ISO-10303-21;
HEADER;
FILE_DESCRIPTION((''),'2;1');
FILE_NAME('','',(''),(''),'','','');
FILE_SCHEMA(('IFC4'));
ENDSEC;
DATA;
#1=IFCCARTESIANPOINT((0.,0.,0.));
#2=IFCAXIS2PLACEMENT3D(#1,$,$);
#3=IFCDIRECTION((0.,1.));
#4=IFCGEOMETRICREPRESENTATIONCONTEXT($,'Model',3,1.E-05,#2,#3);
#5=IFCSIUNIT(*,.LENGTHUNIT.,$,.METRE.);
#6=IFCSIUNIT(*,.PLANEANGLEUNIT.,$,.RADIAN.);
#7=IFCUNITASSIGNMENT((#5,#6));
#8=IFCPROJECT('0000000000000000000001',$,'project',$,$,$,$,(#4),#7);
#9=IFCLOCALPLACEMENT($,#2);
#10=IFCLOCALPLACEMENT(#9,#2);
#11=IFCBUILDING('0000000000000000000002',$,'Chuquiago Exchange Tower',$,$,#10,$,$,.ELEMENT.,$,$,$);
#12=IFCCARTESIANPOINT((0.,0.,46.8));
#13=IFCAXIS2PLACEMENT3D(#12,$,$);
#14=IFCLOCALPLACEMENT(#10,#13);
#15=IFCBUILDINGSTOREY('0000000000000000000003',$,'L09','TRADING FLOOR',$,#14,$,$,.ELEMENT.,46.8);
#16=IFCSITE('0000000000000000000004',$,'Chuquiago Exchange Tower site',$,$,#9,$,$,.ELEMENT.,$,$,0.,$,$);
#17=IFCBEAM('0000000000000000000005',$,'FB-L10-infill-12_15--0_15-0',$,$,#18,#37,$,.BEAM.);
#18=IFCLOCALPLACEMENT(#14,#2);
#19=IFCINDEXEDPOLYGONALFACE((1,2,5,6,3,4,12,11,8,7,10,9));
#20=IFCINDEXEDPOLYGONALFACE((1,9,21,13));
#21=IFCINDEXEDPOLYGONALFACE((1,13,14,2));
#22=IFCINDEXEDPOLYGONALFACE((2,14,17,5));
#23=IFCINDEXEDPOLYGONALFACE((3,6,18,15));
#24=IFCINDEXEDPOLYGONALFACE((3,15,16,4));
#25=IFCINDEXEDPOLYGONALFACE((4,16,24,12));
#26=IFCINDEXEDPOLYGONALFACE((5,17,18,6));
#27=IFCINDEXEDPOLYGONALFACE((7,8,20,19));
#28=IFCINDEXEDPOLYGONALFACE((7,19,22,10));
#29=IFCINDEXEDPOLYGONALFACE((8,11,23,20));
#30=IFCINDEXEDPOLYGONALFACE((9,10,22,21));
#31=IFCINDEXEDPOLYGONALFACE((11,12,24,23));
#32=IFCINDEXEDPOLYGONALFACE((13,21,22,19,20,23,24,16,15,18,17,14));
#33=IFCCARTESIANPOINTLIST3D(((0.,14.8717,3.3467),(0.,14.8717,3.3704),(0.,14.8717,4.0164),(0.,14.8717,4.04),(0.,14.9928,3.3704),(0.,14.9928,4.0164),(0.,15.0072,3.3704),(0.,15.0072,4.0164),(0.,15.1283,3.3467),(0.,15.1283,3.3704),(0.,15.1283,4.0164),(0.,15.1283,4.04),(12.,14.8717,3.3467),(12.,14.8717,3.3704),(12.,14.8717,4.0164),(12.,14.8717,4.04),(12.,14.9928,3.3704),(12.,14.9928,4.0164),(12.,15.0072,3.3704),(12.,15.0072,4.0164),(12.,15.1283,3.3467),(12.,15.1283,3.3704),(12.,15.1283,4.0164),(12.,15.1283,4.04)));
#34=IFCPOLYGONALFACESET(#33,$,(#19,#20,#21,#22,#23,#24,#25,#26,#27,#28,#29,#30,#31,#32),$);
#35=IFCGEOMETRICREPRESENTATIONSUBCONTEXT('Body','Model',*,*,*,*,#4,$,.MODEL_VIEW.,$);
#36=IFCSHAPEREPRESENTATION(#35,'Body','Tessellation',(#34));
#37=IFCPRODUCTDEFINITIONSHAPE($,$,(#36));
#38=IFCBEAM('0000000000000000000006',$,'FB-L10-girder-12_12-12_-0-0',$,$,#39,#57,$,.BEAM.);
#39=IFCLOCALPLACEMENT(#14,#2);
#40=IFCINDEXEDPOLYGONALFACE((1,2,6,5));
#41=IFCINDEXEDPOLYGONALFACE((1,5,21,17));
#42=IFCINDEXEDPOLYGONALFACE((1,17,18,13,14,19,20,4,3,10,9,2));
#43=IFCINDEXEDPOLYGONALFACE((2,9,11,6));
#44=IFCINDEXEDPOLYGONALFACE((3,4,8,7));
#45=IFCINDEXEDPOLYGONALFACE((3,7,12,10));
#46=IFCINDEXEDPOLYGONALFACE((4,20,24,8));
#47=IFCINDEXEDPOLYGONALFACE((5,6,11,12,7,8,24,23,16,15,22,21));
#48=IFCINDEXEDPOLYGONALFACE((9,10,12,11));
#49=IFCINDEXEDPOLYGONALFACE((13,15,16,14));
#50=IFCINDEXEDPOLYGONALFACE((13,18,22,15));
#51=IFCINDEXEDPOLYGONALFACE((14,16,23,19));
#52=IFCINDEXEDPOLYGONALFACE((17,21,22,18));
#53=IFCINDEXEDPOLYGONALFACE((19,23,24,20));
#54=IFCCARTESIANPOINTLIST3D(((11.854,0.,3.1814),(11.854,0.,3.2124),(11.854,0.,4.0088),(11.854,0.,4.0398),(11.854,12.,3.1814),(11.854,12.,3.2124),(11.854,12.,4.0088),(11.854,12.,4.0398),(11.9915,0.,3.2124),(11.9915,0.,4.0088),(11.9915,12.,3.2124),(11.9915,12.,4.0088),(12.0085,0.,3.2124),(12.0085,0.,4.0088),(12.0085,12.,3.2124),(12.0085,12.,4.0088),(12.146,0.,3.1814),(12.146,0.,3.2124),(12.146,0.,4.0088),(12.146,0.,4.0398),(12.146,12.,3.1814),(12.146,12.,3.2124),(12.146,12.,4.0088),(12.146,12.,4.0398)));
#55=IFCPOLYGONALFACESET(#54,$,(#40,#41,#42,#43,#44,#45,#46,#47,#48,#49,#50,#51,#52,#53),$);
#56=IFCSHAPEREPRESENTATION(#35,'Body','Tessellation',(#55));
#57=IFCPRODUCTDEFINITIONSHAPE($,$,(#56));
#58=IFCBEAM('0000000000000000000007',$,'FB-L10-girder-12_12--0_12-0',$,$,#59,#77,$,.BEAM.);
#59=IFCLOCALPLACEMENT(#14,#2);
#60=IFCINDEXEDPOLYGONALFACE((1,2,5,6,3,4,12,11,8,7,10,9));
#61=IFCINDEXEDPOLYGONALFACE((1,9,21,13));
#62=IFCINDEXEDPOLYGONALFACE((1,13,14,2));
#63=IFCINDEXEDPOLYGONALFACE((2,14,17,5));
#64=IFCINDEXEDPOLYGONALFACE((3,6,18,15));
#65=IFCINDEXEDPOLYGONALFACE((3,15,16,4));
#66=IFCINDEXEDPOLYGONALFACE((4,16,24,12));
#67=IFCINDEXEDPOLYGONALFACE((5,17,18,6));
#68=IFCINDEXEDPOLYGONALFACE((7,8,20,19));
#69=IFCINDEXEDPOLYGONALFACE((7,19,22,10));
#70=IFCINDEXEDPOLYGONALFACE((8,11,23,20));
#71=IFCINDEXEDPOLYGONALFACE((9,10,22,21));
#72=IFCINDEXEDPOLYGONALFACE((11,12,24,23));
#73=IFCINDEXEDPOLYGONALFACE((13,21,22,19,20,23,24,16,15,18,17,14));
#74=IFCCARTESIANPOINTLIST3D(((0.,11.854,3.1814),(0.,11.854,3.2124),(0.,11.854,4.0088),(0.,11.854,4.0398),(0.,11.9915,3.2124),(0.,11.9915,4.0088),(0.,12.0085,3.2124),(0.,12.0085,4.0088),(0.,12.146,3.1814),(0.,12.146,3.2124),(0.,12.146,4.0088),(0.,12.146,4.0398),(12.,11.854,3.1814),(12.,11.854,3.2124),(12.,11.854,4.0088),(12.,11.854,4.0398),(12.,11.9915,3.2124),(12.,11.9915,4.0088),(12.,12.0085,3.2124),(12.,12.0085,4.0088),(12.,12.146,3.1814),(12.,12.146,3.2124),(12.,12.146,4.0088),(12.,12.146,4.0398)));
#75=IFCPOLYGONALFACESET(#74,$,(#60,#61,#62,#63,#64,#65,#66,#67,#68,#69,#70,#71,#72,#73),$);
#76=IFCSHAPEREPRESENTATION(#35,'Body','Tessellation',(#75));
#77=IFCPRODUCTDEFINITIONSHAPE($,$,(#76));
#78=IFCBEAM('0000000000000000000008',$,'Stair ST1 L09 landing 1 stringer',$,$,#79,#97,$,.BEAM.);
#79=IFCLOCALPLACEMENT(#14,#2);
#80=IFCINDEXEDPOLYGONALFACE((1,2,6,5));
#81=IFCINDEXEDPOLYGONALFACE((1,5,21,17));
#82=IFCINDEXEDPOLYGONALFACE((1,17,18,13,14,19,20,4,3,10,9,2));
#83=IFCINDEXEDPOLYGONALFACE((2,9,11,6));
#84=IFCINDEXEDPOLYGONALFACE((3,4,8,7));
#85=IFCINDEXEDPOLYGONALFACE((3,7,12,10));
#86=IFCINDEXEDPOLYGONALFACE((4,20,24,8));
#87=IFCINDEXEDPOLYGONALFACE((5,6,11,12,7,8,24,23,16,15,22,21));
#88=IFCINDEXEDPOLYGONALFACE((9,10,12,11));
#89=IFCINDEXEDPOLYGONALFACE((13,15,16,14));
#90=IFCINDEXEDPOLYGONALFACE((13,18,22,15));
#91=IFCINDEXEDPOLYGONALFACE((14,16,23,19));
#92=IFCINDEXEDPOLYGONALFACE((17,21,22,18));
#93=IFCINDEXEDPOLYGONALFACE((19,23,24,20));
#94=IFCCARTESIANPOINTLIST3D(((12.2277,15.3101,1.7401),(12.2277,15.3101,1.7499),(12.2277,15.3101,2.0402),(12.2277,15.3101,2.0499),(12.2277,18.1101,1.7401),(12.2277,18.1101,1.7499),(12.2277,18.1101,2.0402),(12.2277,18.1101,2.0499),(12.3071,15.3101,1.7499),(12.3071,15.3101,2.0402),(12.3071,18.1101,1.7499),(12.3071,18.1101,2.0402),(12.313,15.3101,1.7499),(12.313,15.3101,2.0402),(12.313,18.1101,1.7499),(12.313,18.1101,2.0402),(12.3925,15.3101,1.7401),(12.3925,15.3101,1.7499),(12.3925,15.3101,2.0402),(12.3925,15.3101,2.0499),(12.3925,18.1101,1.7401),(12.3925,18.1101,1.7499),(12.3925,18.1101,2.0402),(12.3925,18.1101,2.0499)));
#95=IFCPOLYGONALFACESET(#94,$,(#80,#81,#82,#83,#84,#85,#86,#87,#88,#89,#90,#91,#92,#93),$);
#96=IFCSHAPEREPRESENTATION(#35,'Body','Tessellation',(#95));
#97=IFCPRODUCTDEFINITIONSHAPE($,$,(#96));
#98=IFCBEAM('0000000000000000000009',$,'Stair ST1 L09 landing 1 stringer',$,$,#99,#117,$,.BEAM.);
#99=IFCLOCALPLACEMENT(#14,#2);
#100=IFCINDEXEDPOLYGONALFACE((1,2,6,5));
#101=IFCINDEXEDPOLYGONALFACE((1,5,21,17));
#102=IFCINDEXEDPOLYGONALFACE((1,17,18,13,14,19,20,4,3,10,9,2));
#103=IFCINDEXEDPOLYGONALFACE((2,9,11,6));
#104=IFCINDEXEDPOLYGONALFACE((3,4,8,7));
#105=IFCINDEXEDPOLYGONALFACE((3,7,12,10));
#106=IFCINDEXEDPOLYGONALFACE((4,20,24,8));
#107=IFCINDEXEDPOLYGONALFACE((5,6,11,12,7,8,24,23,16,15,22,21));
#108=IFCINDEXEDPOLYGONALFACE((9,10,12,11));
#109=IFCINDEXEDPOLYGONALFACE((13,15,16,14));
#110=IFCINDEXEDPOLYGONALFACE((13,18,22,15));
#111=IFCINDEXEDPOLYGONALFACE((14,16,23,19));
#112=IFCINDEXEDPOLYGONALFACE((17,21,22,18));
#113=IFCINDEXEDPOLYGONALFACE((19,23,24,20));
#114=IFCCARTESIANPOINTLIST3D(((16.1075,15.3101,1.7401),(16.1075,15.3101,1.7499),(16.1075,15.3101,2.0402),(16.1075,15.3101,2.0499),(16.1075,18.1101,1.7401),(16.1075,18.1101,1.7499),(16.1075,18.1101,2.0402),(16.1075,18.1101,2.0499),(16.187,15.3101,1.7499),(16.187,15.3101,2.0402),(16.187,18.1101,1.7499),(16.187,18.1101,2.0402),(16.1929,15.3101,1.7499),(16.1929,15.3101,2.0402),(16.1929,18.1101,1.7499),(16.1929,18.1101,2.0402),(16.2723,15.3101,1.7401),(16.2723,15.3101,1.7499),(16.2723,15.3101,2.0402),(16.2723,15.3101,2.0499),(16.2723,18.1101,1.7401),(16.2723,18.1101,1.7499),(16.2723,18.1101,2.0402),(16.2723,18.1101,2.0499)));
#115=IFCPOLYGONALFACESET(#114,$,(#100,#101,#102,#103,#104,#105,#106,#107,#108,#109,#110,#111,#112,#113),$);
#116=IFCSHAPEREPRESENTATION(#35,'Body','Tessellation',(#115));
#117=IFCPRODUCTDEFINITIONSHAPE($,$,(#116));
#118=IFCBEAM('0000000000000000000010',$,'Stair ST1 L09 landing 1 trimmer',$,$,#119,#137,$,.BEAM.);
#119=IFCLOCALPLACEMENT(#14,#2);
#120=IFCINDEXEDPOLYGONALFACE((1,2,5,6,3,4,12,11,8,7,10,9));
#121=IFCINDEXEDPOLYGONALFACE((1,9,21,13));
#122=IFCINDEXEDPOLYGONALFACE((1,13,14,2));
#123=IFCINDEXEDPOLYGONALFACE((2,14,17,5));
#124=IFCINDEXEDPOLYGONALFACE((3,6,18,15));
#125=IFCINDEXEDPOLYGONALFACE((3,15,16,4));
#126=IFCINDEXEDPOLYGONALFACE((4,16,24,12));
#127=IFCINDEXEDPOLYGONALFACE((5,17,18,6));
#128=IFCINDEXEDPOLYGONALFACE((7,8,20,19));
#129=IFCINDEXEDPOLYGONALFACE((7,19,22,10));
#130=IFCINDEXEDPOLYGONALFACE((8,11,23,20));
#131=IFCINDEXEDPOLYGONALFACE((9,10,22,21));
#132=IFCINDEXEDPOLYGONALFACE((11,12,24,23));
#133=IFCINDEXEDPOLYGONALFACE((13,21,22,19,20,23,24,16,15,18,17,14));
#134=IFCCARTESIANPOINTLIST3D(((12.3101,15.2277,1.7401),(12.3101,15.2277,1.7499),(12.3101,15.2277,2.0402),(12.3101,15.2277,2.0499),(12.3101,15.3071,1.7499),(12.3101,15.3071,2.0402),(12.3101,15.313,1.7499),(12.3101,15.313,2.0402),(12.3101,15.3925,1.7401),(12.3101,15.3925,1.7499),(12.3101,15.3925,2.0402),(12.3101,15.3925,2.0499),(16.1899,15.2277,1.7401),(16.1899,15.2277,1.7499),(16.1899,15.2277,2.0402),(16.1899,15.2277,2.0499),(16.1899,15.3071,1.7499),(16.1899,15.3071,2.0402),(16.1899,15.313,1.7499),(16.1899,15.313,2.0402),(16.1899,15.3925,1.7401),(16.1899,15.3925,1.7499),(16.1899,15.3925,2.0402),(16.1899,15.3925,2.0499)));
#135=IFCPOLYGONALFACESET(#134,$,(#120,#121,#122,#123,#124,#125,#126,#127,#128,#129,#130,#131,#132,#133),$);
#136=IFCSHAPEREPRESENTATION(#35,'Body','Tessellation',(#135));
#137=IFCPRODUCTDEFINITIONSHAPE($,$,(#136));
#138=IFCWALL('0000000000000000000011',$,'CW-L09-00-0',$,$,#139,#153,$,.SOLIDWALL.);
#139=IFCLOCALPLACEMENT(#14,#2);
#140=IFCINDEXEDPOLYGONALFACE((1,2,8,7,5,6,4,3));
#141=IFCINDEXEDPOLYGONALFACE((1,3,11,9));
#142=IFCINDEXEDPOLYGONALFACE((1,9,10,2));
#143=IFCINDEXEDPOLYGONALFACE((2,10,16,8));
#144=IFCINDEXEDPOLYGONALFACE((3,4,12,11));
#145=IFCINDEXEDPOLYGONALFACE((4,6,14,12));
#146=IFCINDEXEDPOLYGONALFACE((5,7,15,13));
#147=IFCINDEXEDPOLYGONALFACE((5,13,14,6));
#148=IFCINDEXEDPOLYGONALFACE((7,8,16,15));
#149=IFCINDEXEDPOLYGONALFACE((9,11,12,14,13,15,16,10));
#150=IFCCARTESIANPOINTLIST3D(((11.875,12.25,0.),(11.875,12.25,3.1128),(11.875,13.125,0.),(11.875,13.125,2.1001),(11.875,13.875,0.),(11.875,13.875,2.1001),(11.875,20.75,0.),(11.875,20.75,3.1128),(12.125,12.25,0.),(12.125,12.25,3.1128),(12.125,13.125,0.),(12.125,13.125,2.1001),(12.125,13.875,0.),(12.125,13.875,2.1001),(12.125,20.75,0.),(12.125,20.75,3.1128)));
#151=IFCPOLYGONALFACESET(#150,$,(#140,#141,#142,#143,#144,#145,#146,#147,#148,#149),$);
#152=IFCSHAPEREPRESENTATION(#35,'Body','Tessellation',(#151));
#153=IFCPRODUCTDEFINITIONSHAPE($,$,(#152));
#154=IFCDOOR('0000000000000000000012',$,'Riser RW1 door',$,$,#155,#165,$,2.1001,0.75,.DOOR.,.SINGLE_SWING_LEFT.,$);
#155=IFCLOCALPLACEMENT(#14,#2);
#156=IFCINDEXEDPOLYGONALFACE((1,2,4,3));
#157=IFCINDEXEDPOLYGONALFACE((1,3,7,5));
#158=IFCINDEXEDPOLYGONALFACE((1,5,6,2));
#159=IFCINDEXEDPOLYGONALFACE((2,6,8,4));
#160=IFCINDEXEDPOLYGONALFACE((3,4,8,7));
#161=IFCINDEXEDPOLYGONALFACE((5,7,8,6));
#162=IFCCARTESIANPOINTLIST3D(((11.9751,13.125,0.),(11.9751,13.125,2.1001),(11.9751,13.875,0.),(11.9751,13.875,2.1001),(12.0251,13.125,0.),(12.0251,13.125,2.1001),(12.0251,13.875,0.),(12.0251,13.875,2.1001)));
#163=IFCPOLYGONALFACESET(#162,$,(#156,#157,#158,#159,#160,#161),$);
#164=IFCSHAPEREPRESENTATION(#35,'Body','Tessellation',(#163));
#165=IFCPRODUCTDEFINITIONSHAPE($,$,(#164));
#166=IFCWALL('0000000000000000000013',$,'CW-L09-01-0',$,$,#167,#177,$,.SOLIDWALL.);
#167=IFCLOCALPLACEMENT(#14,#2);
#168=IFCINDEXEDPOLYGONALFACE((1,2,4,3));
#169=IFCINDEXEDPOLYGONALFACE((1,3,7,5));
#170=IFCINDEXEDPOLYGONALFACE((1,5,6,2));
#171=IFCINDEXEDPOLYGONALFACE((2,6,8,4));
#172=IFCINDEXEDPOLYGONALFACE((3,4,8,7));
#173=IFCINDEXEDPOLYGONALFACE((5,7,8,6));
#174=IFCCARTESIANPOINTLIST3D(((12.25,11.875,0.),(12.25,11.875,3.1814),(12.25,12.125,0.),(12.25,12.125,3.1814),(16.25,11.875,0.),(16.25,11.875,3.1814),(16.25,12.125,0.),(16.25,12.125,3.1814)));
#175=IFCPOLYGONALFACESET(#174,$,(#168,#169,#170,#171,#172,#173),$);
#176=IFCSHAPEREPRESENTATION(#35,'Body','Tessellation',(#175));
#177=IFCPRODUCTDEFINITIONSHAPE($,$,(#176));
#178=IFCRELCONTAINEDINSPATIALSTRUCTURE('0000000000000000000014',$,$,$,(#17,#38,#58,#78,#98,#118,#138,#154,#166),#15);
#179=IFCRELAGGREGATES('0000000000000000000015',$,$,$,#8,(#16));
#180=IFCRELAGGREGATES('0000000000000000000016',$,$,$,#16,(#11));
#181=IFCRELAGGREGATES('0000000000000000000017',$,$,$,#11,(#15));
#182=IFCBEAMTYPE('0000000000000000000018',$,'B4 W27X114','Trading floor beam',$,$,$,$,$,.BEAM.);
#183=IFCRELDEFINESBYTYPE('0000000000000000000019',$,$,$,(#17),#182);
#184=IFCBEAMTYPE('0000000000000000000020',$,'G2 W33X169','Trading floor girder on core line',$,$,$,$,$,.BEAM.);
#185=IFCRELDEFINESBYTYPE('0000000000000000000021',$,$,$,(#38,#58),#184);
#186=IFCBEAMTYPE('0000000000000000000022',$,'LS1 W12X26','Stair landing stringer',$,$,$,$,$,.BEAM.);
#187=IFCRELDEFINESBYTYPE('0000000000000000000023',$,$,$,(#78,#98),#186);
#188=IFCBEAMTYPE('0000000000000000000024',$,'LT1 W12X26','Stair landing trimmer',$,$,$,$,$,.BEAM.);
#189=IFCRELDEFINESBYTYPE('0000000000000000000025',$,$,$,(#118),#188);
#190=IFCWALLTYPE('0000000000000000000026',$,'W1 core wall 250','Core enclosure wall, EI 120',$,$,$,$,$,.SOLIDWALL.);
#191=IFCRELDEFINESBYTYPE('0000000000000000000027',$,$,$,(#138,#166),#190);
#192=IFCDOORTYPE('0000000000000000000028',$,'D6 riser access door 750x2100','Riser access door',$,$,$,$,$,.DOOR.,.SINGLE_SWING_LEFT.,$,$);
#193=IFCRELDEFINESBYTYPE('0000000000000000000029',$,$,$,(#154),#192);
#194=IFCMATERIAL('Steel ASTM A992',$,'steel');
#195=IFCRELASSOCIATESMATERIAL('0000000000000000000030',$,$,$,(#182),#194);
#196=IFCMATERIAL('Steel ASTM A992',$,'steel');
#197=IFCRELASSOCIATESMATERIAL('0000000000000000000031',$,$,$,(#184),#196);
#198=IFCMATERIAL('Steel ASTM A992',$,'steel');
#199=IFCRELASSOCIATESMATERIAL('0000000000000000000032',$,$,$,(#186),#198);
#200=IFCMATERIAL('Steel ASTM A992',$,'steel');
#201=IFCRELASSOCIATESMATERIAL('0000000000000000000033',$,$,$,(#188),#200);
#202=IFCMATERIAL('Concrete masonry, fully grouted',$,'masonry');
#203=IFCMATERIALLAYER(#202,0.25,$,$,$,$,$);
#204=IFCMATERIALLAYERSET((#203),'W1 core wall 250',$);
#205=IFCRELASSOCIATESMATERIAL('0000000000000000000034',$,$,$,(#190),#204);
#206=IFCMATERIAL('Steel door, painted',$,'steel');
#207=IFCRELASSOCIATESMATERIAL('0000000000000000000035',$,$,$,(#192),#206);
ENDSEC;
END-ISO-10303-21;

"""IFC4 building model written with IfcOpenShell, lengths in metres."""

from ifc_helpers import new_model, si_unit, direction, frame, frame_2d, origin, origin_2d, place, context, subcontext, project, spatial, rectangle, i_section, extrude, material, layer, layer_set, material_profile, profile_set, type_object, element, fill, save


model = new_model("IFC4")

# Units and contexts
model_context = context("Model", 3, precision=1e-05, world=origin(), true_north=direction((0.0, 1.0)))
body_context = subcontext(model_context, "Body", "Model", "MODEL_VIEW")
ifc_project = project(units=[si_unit("LENGTHUNIT", "METRE"), si_unit("PLANEANGLEUNIT", "RADIAN")], contexts=[model_context])

# Site, building, storey
site_placement = place(None, origin())
site = spatial("IfcSite", under=ifc_project, at=site_placement, Name="Chuquiago Exchange Tower site", CompositionType="ELEMENT", RefElevation=0.0)
building_placement = place(site_placement, origin())
building = spatial("IfcBuilding", under=site, at=building_placement, Name="Chuquiago Exchange Tower", CompositionType="ELEMENT")
storey_placement = place(building_placement, frame((0.0, 0.0, 46.8)))
storey = spatial("IfcBuildingStorey", under=building, at=storey_placement, Name="L09", Description="TRADING FLOOR", CompositionType="ELEMENT", Elevation=46.8)

# Beams
ifc_material_1 = material(Name="Steel ASTM A992", Category="steel")
ifc_material_profile_1 = material_profile(ifc_material_1, i_section(OverallWidth=0.2566, OverallDepth=0.6934, WebThickness=0.0144, FlangeThickness=0.0237, at=origin_2d()), Name="W27X114")
ifc_profile_set_1 = profile_set([ifc_material_profile_1], Name="Steel ASTM A992")
beam_type_1 = type_object("IfcBeamType", Name="B4 W27X114", Description="Trading floor beam", PredefinedType="BEAM", material=ifc_profile_set_1)
for number, where, z_axis, x_axis, name in (
    (1, (12.0, 15.0, 3.6934), (-1.0, 0.0, 0.0), (0.0, -1.0, 0.0), "FB-L10-infill-12_15--0_15-0"),
):
    element("IfcBeam", number, at=place(storey_placement, frame(where, z_axis=z_axis, x_axis=x_axis)), inside=storey, type_object=beam_type_1, Name=name, PredefinedType="BEAM", context=body_context, shape_type="SweptSolid", body=[
        extrude(i_section(OverallWidth=0.2566, OverallDepth=0.6934, WebThickness=0.0144, FlangeThickness=0.0237, at=origin_2d()), origin(), (0.0, 0.0, 1.0), 12.0),
    ])
ifc_material_2 = material(Name="Steel ASTM A992", Category="steel")
ifc_material_profile_2 = material_profile(ifc_material_2, i_section(OverallWidth=0.292, OverallDepth=0.8584, WebThickness=0.0171, FlangeThickness=0.031, at=origin_2d()), Name="W33X169")
ifc_profile_set_2 = profile_set([ifc_material_profile_2], Name="Steel ASTM A992")
beam_type_2 = type_object("IfcBeamType", Name="G2 W33X169", Description="Trading floor girder on core line", PredefinedType="BEAM", material=ifc_profile_set_2)
for number, where, z_axis, x_axis, name in (
    (2, (12.0, 12.0, 3.6106), (0.0, -1.0, 0.0), (1.0, 0.0, 0.0), "FB-L10-girder-12_12-12_-0-0"),
    (3, (12.0, 12.0, 3.6106), (-1.0, 0.0, 0.0), (0.0, -1.0, 0.0), "FB-L10-girder-12_12--0_12-0"),
):
    element("IfcBeam", number, at=place(storey_placement, frame(where, z_axis=z_axis, x_axis=x_axis)), inside=storey, type_object=beam_type_2, Name=name, PredefinedType="BEAM", context=body_context, shape_type="SweptSolid", body=[
        extrude(i_section(OverallWidth=0.292, OverallDepth=0.8584, WebThickness=0.0171, FlangeThickness=0.031, at=origin_2d()), origin(), (0.0, 0.0, 1.0), 12.0),
    ])
ifc_material_3 = material(Name="Steel ASTM A992", Category="steel")
ifc_material_profile_3 = material_profile(ifc_material_3, i_section(OverallWidth=0.1648, OverallDepth=0.3098, WebThickness=0.0059, FlangeThickness=0.0098, at=origin_2d()), Name="W12X26")
ifc_profile_set_3 = profile_set([ifc_material_profile_3], Name="Steel ASTM A992")
beam_type_3 = type_object("IfcBeamType", Name="LS1 W12X26", Description="Stair landing stringer", PredefinedType="BEAM", material=ifc_profile_set_3)
for number, where, z_axis, x_axis, name in (
    (4, (12.3101, 15.3101, 1.895), (0.0, 1.0, 0.0), (-1.0, 0.0, 0.0), "Stair ST1 L09 landing 1 stringer"),
    (5, (16.1899, 15.3101, 1.895), (0.0, 1.0, 0.0), (-1.0, 0.0, 0.0), "Stair ST1 L09 landing 1 stringer"),
):
    element("IfcBeam", number, at=place(storey_placement, frame(where, z_axis=z_axis, x_axis=x_axis)), inside=storey, type_object=beam_type_3, Name=name, PredefinedType="BEAM", context=body_context, shape_type="SweptSolid", body=[
        extrude(i_section(OverallWidth=0.1648, OverallDepth=0.3098, WebThickness=0.0059, FlangeThickness=0.0098, at=origin_2d()), origin(), (0.0, 0.0, 1.0), 2.8),
    ])
ifc_material_4 = material(Name="Steel ASTM A992", Category="steel")
ifc_material_profile_4 = material_profile(ifc_material_4, i_section(OverallWidth=0.1648, OverallDepth=0.3098, WebThickness=0.0059, FlangeThickness=0.0098, at=origin_2d()), Name="W12X26")
ifc_profile_set_4 = profile_set([ifc_material_profile_4], Name="Steel ASTM A992")
beam_type_4 = type_object("IfcBeamType", Name="LT1 W12X26", Description="Stair landing trimmer", PredefinedType="BEAM", material=ifc_profile_set_4)
beam_1_placement = place(storey_placement, frame((12.3101, 15.3101, 1.895), z_axis=(1.0, 0.0, 0.0), x_axis=(0.0, 1.0, 0.0)))
element("IfcBeam", 6, at=beam_1_placement, inside=storey, type_object=beam_type_4, Name="Stair ST1 L09 landing 1 trimmer", PredefinedType="BEAM", context=body_context, shape_type="SweptSolid", body=[
    extrude(i_section(OverallWidth=0.1648, OverallDepth=0.3098, WebThickness=0.0059, FlangeThickness=0.0098, at=origin_2d()), origin(), (0.0, 0.0, 1.0), 3.8799),
])

# Wall, opening, door
ifc_material_5 = material(Name="Concrete masonry, fully grouted", Category="masonry")
ifc_layer_1 = layer(ifc_material_5, 0.25)
ifc_layer_set_1 = layer_set([ifc_layer_1], Name="W1 core wall 250")
wall_type_1 = type_object("IfcWallType", Name="W1 core wall 250", Description="Core enclosure wall, EI 120", PredefinedType="SOLIDWALL", material=ifc_layer_set_1)
wall_1_placement = place(storey_placement, frame((12.0, 12.25, 0.0), z_axis=(0.0, 0.0, 1.0), x_axis=(0.0, 1.0, 0.0)))
wall_1 = element("IfcWall", 7, at=wall_1_placement, inside=storey, type_object=wall_type_1, Name="CW-L09-00-0", PredefinedType="SOLIDWALL", context=body_context, shape_type="SweptSolid", body=[
    extrude(rectangle(XDim=8.5, YDim=0.25, at=frame_2d((4.25, 0.0))), origin(), (0.0, 0.0, 1.0), 3.1128),
])
opening_placement = place(wall_1_placement, frame((0.875, 0.0, 0.0)))
opening = element("IfcOpeningElement", 8, at=opening_placement, cuts=wall_1, PredefinedType="OPENING", context=body_context, shape_type="SweptSolid", body=[
    extrude(rectangle(XDim=0.75, YDim=2.1001, at=frame_2d((0.375, 1.05))), frame((0.0, 0.135, 0.0), z_axis=(0.0, -1.0, 0.0), x_axis=(1.0, 0.0, 0.0)), (0.0, 0.0, 1.0), 0.27),
])
ifc_material_6 = material(Name="Steel door, painted", Category="steel")
door_type = type_object("IfcDoorType", Name="D6 riser access door 750x2100", Description="Riser access door", OperationType="SINGLE_SWING_LEFT", PredefinedType="DOOR", material=ifc_material_6)
door_placement = place(opening_placement, origin())
door = element("IfcDoor", 9, at=door_placement, inside=storey, type_object=door_type, Name="Riser RW1 door", OperationType="SINGLE_SWING_LEFT", OverallHeight=2.1001, OverallWidth=0.75, PredefinedType="DOOR", context=body_context, shape_type="SweptSolid", body=[
    extrude(rectangle(XDim=0.75, YDim=2.1001, at=frame_2d((0.375, 1.05))), frame((0.0, 0.0249, 0.0), z_axis=(0.0, -1.0, 0.0), x_axis=(1.0, 0.0, 0.0)), (0.0, 0.0, 1.0), 0.05),
])
fill(opening, door)

# Wall
wall_2_placement = place(storey_placement, frame((12.25, 12.0, 0.0), z_axis=(0.0, 0.0, 1.0), x_axis=(1.0, 0.0, 0.0)))
element("IfcWall", 10, at=wall_2_placement, inside=storey, type_object=wall_type_1, Name="CW-L09-01-0", PredefinedType="SOLIDWALL", context=body_context, shape_type="SweptSolid", body=[
    extrude(rectangle(XDim=4.0, YDim=0.25, at=frame_2d((2.0, 0.0))), origin(), (0.0, 0.0, 1.0), 3.1814),
])

save(model, "model.ifc")
